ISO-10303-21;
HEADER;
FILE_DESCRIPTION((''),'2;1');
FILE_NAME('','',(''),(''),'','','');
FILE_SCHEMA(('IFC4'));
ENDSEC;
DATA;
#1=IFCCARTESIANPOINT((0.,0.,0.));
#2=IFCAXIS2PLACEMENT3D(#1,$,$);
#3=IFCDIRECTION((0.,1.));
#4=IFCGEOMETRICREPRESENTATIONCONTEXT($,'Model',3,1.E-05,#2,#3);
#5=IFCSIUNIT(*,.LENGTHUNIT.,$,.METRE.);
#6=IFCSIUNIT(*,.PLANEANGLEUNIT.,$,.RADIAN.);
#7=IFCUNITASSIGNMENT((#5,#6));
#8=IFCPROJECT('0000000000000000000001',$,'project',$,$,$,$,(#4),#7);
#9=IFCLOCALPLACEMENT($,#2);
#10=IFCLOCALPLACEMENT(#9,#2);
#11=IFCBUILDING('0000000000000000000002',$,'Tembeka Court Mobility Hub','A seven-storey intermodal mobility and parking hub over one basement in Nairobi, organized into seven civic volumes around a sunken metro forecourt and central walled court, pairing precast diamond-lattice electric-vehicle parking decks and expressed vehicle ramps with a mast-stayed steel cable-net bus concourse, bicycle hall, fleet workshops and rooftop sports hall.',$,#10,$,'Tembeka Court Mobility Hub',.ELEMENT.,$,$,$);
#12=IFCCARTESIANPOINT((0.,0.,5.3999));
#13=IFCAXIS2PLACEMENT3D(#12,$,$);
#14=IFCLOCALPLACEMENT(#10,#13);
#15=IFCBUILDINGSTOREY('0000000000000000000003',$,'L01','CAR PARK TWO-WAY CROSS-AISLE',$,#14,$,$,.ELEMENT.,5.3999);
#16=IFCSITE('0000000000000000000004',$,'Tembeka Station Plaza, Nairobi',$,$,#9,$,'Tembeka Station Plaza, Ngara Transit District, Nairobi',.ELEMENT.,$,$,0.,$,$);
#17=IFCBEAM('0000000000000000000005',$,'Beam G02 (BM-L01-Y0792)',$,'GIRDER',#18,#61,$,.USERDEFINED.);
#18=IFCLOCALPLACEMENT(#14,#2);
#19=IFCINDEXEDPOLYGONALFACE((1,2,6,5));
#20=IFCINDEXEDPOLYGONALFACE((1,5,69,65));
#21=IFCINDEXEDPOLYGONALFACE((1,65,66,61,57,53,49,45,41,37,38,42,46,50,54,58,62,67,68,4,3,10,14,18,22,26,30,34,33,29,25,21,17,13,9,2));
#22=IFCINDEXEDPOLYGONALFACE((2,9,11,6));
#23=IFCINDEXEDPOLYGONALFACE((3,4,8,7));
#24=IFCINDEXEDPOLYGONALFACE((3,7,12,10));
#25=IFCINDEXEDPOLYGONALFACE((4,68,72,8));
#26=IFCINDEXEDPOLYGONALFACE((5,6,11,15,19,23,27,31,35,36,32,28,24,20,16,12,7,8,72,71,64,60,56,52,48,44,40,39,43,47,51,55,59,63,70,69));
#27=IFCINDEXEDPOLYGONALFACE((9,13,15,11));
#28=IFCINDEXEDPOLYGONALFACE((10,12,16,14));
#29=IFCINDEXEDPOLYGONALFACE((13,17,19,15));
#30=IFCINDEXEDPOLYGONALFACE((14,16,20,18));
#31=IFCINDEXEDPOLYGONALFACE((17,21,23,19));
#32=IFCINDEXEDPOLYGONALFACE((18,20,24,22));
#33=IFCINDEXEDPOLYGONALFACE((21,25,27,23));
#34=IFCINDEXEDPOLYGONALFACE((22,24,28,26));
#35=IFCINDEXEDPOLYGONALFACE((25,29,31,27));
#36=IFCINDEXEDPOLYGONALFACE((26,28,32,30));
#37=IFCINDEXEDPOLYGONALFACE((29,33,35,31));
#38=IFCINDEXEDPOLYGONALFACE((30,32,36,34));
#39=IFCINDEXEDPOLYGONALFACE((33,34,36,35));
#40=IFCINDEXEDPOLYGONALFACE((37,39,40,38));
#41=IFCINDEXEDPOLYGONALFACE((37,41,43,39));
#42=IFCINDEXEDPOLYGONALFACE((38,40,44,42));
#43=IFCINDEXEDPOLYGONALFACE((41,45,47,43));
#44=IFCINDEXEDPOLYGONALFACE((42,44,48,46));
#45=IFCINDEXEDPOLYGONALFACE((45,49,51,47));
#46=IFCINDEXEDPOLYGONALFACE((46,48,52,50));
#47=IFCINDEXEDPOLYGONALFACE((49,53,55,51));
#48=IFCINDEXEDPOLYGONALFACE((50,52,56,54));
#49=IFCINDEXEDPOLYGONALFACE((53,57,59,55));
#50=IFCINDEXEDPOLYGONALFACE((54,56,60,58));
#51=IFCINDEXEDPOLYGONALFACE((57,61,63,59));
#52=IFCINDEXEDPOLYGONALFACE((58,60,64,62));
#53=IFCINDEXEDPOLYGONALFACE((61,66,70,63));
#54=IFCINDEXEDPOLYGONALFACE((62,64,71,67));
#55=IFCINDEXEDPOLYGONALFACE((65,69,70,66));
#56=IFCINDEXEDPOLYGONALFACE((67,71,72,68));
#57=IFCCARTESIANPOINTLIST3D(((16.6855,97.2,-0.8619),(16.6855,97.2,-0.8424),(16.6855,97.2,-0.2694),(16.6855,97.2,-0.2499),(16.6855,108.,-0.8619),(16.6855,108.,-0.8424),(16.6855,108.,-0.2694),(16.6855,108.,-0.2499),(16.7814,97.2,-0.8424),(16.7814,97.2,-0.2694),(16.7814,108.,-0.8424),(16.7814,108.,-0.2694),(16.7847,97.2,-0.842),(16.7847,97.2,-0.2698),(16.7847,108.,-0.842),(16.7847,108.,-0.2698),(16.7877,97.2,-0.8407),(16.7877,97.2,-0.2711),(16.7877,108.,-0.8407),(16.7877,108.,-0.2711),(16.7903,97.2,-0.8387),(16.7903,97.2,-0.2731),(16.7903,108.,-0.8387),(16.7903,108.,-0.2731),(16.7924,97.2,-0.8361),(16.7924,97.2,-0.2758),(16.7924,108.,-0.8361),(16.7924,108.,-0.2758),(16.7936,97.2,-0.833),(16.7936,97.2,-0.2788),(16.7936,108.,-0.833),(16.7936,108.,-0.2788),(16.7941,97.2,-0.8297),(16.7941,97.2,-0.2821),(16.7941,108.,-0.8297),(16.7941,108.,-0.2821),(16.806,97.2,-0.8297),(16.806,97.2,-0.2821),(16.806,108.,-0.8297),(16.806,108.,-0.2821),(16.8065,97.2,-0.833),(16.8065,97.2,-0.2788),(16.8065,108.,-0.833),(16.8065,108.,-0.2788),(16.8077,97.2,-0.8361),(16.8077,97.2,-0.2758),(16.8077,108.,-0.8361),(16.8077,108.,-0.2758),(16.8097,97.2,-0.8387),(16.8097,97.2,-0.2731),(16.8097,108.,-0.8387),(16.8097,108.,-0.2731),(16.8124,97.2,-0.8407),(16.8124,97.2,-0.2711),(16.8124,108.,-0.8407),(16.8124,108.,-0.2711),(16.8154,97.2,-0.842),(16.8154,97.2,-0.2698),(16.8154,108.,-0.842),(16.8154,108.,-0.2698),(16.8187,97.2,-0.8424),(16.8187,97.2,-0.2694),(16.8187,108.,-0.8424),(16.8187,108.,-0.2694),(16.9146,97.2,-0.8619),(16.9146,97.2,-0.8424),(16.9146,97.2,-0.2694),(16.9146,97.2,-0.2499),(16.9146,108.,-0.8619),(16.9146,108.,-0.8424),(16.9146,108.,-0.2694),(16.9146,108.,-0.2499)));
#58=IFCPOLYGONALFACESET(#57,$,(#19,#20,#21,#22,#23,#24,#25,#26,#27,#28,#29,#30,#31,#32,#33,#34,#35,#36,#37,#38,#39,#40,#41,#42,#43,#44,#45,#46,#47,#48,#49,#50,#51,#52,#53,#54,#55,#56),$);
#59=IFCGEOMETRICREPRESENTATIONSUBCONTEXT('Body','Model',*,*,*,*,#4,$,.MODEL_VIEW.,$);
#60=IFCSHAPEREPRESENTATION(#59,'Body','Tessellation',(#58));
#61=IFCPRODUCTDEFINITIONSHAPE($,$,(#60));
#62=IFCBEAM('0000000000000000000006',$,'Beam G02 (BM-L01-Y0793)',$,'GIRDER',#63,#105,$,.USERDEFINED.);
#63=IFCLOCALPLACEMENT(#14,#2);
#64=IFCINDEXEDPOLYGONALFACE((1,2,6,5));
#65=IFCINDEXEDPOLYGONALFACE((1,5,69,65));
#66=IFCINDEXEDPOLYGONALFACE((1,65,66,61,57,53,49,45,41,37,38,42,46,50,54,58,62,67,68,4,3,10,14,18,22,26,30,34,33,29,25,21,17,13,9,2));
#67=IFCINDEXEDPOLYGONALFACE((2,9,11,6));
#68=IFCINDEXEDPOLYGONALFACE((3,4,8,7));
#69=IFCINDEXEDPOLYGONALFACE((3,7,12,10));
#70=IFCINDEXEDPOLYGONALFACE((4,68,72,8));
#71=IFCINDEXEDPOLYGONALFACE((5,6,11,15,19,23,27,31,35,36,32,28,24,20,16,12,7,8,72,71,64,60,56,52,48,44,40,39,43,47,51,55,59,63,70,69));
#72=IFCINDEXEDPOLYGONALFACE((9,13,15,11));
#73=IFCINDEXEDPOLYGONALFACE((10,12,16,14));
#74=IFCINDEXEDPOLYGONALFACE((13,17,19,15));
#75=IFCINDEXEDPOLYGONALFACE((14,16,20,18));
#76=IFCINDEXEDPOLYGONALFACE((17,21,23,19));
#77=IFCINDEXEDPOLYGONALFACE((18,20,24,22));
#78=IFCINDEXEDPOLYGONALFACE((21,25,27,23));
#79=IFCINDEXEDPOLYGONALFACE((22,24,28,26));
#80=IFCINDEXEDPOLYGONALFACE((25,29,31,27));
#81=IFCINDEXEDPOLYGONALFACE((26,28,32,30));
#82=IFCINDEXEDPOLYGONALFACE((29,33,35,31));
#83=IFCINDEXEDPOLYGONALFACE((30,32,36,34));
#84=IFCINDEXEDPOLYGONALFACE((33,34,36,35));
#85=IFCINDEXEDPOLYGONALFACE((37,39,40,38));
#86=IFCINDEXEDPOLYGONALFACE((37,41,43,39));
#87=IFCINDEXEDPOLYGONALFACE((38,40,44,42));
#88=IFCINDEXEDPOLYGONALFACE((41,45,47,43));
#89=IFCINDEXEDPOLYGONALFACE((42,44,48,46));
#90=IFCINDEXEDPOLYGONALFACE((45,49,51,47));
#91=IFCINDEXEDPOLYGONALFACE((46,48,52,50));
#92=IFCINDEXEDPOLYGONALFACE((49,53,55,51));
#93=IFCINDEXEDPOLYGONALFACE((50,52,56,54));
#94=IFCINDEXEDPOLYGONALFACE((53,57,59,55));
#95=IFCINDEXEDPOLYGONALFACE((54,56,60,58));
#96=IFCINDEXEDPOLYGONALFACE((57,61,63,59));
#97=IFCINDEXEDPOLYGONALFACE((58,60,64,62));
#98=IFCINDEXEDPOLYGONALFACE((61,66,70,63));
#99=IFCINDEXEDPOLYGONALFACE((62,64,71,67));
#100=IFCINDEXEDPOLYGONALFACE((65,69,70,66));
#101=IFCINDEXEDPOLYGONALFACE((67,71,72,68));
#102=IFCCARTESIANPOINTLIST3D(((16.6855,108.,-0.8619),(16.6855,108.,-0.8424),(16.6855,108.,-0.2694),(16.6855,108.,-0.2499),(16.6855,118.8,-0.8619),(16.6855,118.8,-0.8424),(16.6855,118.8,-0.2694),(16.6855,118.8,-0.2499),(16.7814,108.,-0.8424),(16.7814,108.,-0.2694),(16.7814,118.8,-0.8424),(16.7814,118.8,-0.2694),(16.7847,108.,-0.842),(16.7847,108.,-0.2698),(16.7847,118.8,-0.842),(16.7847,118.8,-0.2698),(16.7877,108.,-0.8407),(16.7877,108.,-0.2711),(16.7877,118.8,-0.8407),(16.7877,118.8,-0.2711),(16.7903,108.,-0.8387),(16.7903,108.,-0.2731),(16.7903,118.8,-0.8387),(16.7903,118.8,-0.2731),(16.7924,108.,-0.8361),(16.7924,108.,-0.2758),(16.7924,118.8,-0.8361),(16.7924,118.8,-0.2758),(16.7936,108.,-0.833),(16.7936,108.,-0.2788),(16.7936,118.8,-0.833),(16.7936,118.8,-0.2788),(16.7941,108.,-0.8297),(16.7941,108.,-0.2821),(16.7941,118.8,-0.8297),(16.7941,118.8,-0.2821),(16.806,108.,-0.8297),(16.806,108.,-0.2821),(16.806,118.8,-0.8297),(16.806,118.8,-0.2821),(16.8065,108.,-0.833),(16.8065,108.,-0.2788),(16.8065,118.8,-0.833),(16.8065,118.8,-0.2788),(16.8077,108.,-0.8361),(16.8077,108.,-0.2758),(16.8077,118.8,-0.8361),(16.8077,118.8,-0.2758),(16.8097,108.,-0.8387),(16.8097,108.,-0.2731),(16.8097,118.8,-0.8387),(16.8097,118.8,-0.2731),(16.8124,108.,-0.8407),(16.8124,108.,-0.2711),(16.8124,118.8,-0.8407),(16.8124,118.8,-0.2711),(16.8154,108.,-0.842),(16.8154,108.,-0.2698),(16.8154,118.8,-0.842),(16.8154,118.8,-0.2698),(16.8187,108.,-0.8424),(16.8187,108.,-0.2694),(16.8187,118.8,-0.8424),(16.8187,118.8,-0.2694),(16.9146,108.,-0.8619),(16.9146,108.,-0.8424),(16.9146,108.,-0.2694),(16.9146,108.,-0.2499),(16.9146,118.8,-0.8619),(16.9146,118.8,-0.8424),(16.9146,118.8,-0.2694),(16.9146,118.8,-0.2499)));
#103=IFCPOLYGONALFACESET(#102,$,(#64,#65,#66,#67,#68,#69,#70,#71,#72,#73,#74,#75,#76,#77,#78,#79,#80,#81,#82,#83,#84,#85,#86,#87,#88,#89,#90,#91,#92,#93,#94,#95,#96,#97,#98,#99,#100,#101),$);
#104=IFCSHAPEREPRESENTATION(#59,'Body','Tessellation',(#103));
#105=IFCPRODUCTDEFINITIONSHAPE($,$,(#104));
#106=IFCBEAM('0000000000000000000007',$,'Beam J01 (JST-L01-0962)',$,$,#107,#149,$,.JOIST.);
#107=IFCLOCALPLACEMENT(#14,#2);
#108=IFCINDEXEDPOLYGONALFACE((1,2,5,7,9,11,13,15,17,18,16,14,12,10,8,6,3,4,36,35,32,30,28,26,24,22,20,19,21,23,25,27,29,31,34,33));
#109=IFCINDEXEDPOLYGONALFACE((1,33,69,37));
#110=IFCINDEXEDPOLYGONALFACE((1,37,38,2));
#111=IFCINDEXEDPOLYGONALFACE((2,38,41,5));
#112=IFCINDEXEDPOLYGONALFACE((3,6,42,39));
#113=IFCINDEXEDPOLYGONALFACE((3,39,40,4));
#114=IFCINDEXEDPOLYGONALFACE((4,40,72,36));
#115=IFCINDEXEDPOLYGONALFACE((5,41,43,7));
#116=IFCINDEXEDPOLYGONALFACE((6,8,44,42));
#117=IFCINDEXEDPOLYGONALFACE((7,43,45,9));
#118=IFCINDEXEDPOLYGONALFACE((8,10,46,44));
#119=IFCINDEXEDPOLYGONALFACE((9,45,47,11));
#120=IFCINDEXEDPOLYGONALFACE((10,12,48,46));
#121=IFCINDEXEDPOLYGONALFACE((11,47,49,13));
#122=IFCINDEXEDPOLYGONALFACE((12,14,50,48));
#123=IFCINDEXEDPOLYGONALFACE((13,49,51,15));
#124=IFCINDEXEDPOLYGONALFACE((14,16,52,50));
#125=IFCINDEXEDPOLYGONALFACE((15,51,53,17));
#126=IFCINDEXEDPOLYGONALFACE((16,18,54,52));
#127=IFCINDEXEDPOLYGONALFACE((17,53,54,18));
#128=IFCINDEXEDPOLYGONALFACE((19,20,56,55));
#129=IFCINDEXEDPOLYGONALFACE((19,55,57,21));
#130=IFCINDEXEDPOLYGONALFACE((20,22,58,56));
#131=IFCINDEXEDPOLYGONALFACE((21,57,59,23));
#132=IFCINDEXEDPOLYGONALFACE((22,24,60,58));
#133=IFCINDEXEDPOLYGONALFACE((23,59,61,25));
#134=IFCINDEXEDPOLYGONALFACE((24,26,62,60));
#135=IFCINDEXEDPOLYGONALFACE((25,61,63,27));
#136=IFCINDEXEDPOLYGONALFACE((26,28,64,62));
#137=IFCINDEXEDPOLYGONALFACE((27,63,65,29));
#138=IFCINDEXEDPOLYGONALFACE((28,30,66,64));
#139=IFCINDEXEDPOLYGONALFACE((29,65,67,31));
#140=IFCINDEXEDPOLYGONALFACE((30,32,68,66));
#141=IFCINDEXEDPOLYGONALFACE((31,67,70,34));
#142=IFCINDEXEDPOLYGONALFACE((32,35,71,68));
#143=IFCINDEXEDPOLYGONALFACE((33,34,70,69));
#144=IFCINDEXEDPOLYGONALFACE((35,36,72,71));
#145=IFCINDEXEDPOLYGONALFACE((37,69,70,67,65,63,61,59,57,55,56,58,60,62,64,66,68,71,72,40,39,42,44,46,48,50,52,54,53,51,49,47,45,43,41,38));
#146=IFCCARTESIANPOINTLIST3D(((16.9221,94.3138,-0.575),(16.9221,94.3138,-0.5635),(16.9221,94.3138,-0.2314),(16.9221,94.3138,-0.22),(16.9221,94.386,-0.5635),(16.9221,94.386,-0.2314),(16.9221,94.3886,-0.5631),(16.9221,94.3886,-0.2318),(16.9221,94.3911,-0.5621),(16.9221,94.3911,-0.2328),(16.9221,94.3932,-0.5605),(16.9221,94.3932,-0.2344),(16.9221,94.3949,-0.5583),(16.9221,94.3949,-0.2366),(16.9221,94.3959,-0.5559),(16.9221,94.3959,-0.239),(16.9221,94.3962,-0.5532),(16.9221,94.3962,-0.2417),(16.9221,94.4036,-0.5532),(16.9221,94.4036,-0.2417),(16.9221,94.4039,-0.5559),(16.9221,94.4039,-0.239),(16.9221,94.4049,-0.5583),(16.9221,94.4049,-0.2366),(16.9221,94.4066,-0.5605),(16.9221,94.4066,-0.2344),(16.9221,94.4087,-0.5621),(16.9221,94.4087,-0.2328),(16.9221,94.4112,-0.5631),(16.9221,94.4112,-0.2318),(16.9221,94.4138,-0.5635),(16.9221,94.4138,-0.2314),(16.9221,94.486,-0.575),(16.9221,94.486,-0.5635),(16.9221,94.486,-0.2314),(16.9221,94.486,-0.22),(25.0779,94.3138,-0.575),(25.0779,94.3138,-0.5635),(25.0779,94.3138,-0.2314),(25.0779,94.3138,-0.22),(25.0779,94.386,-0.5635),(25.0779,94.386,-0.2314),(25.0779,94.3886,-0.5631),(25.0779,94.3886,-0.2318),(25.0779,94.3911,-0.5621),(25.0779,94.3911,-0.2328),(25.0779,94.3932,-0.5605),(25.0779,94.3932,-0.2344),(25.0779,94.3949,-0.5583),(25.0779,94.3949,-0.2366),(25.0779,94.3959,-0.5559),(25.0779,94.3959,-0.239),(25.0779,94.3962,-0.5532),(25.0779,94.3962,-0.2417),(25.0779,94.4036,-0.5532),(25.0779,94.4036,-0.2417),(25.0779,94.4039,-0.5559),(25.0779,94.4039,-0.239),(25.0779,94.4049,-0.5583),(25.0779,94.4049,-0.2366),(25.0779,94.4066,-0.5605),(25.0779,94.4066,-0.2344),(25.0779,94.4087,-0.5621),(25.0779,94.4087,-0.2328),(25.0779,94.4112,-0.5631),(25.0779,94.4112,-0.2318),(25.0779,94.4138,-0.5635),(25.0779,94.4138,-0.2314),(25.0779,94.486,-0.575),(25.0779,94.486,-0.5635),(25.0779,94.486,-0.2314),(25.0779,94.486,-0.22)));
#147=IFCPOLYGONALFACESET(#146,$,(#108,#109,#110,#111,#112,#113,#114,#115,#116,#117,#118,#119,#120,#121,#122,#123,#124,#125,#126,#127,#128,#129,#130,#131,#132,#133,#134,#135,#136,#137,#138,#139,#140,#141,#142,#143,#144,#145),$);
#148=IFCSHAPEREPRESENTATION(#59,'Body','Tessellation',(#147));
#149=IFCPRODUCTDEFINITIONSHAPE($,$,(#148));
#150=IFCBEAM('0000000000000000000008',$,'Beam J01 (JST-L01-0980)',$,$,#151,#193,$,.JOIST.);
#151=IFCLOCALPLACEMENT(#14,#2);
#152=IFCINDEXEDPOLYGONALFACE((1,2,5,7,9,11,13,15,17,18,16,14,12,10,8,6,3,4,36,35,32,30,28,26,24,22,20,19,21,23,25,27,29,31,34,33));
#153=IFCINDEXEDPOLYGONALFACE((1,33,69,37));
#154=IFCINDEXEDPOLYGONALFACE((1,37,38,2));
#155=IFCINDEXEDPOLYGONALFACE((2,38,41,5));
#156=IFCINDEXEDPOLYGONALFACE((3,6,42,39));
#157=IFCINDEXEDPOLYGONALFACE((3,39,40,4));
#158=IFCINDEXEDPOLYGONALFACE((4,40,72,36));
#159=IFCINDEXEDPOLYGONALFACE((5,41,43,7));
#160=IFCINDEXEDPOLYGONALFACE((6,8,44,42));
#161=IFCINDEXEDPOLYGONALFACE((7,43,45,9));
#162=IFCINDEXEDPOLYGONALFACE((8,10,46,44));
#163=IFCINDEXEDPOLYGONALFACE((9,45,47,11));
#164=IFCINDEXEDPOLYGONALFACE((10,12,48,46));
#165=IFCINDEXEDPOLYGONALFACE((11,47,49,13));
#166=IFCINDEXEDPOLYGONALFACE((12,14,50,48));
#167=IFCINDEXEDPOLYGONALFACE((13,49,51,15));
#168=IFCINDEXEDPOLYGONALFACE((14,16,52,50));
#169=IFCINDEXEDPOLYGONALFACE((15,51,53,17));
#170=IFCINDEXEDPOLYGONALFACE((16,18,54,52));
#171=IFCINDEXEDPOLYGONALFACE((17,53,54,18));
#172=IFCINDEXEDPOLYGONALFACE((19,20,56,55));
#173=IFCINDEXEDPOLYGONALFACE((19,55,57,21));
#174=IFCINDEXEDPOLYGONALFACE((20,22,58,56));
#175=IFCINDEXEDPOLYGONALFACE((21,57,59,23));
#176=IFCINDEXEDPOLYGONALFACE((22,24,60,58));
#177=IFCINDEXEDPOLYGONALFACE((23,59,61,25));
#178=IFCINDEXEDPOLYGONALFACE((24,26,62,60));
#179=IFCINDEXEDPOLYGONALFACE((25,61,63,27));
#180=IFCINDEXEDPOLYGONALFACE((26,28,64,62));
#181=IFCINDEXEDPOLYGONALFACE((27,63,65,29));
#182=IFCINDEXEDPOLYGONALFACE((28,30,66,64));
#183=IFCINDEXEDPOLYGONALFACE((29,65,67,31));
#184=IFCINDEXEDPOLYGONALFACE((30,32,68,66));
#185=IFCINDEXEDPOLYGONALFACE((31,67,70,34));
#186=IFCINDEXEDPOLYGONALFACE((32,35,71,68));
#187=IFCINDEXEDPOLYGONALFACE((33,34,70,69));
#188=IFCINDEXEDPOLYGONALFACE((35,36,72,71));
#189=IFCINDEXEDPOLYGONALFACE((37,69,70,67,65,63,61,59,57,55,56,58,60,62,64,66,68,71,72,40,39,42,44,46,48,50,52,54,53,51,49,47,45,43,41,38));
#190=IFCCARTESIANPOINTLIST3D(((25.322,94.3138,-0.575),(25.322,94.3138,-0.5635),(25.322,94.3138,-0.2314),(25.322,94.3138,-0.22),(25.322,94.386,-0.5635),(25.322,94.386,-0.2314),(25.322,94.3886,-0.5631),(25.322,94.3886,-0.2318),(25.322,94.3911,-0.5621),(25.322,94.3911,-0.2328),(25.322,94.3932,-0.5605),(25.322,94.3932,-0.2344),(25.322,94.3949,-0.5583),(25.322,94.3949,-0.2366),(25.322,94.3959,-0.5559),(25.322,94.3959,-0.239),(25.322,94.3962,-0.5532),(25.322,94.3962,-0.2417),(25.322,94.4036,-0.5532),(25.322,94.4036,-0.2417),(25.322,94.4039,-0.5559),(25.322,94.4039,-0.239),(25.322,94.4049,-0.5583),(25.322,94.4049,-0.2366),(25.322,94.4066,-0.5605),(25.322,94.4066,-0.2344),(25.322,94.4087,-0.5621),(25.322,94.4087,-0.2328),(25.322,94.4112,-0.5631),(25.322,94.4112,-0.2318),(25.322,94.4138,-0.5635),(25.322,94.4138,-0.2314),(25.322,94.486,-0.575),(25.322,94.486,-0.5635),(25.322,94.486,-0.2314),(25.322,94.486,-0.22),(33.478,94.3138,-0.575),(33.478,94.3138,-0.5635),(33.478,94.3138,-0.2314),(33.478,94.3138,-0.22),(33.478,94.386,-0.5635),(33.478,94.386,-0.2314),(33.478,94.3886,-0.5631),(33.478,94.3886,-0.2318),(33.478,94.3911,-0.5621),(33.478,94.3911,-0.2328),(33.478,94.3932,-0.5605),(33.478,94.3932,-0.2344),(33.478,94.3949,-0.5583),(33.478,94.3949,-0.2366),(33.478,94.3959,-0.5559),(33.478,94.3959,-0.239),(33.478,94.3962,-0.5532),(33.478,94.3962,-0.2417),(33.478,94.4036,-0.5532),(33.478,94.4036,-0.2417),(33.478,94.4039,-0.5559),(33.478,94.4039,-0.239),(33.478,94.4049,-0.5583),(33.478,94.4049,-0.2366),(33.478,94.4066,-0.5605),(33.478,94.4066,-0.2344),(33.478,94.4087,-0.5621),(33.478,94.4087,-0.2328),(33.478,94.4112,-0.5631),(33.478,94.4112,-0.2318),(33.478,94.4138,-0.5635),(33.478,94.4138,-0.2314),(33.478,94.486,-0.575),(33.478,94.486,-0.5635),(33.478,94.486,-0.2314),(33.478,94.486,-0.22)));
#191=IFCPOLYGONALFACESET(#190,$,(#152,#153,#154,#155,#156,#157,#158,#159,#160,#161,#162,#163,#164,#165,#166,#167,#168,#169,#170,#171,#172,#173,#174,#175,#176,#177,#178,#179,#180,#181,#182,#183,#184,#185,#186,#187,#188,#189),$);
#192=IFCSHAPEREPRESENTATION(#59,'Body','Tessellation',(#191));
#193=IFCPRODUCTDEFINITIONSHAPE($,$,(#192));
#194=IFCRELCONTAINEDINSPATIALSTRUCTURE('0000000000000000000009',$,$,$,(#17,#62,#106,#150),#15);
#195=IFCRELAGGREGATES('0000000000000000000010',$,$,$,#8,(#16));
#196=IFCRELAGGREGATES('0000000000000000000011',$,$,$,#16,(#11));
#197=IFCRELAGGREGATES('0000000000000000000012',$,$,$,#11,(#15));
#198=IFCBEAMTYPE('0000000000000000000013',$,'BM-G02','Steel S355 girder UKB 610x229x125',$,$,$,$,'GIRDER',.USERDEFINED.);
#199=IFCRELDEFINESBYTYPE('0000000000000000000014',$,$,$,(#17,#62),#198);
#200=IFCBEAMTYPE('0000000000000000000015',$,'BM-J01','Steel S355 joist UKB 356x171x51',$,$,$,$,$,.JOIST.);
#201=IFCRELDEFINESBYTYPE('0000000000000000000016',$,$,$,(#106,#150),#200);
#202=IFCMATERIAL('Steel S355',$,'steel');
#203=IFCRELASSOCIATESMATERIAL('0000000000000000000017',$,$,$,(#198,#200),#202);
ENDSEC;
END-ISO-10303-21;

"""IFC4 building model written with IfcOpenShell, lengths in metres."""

from ifc_helpers import new_model, si_unit, direction, frame, origin, origin_2d, place, context, subcontext, project, spatial, i_section, extrude, material, material_profile, profile_set, type_object, element, save


model = new_model("IFC4")

# Units and contexts
model_context = context("Model", 3, precision=1e-05, world=origin(), true_north=direction((0.0, 1.0)))
body_context = subcontext(model_context, "Body", "Model", "MODEL_VIEW")
ifc_project = project(units=[si_unit("LENGTHUNIT", "METRE"), si_unit("PLANEANGLEUNIT", "RADIAN")], contexts=[model_context])

# Site, building, storey
site_placement = place(None, origin())
site = spatial("IfcSite", under=ifc_project, at=site_placement, Name="Tembeka Station Plaza, Nairobi", LongName="Tembeka Station Plaza, Ngara Transit District, Nairobi", CompositionType="ELEMENT", RefElevation=0.0)
building_placement = place(site_placement, origin())
building = spatial("IfcBuilding", under=site, at=building_placement, Name="Tembeka Court Mobility Hub", Description="A seven-storey intermodal mobility and parking hub over one basement in Nairobi, organized into seven civic volumes around a sunken metro forecourt and central walled court, pairing precast diamond-lattice electric-vehicle parking decks and expressed vehicle ramps with a mast-stayed steel cable-net bus concourse, bicycle hall, fleet workshops and rooftop sports hall.", LongName="Tembeka Court Mobility Hub", CompositionType="ELEMENT")
storey_placement = place(building_placement, frame((0.0, 0.0, 5.3999)))
storey = spatial("IfcBuildingStorey", under=building, at=storey_placement, Name="L01", Description="CAR PARK TWO-WAY CROSS-AISLE", CompositionType="ELEMENT", Elevation=5.3999)

# Shared definitions
ifc_material_1 = material(Name="Steel S355", Category="steel")

# Beams
ifc_material_profile_1 = material_profile(ifc_material_1, i_section(OverallWidth=0.229, OverallDepth=0.6121, WebThickness=0.012, FlangeThickness=0.0195, FilletRadius=0.0127, at=origin_2d()), Name="UKB 610x229x125")
ifc_profile_set_1 = profile_set([ifc_material_profile_1], Name="Steel S355")
beam_type_1 = type_object("IfcBeamType", Name="BM-G02", Description="Steel S355 girder UKB 610x229x125", ElementType="GIRDER", PredefinedType="USERDEFINED", material=ifc_profile_set_1)
for number, where, z_axis, x_axis, name in (
    (1, (16.8, 97.2, -0.5559), (0.0, 1.0, 0.0), (-1.0, 0.0, 0.0), "Beam G02 (BM-L01-Y0792)"),
    (2, (16.8, 108.0, -0.5559), (0.0, 1.0, 0.0), (-1.0, 0.0, 0.0), "Beam G02 (BM-L01-Y0793)"),
):
    element("IfcBeam", number, at=place(storey_placement, frame(where, z_axis=z_axis, x_axis=x_axis)), inside=storey, type_object=beam_type_1, Name=name, ObjectType="GIRDER", PredefinedType="USERDEFINED", context=body_context, shape_type="SweptSolid", body=[
        extrude(i_section(OverallWidth=0.229, OverallDepth=0.6121, WebThickness=0.012, FlangeThickness=0.0195, FilletRadius=0.0127, at=origin_2d()), origin(), (0.0, 0.0, 1.0), 10.8),
    ])
ifc_material_profile_2 = material_profile(ifc_material_1, i_section(OverallWidth=0.1721, OverallDepth=0.355, WebThickness=0.0073, FlangeThickness=0.0115, FilletRadius=0.0103, at=origin_2d()), Name="UKB 356x171x51")
ifc_profile_set_2 = profile_set([ifc_material_profile_2], Name="Steel S355")
beam_type_2 = type_object("IfcBeamType", Name="BM-J01", Description="Steel S355 joist UKB 356x171x51", PredefinedType="JOIST", material=ifc_profile_set_2)
beam_1_placement = place(storey_placement, frame((16.9221, 94.3999, -0.3975), z_axis=(1.0, 0.0, 0.0), x_axis=(0.0, 1.0, 0.0)))
element("IfcBeam", 3, at=beam_1_placement, inside=storey, type_object=beam_type_2, Name="Beam J01 (JST-L01-0962)", PredefinedType="JOIST", context=body_context, shape_type="SweptSolid", body=[
    extrude(i_section(OverallWidth=0.1721, OverallDepth=0.355, WebThickness=0.0073, FlangeThickness=0.0115, FilletRadius=0.0103, at=origin_2d()), origin(), (0.0, 0.0, 1.0), 8.1558),
])
beam_2_placement = place(storey_placement, frame((25.322, 94.3999, -0.3975), z_axis=(1.0, 0.0, 0.0), x_axis=(0.0, 1.0, 0.0)))
element("IfcBeam", 4, at=beam_2_placement, inside=storey, type_object=beam_type_2, Name="Beam J01 (JST-L01-0980)", PredefinedType="JOIST", context=body_context, shape_type="SweptSolid", body=[
    extrude(i_section(OverallWidth=0.1721, OverallDepth=0.355, WebThickness=0.0073, FlangeThickness=0.0115, FilletRadius=0.0103, at=origin_2d()), origin(), (0.0, 0.0, 1.0), 8.156),
])

save(model, "model.ifc")
